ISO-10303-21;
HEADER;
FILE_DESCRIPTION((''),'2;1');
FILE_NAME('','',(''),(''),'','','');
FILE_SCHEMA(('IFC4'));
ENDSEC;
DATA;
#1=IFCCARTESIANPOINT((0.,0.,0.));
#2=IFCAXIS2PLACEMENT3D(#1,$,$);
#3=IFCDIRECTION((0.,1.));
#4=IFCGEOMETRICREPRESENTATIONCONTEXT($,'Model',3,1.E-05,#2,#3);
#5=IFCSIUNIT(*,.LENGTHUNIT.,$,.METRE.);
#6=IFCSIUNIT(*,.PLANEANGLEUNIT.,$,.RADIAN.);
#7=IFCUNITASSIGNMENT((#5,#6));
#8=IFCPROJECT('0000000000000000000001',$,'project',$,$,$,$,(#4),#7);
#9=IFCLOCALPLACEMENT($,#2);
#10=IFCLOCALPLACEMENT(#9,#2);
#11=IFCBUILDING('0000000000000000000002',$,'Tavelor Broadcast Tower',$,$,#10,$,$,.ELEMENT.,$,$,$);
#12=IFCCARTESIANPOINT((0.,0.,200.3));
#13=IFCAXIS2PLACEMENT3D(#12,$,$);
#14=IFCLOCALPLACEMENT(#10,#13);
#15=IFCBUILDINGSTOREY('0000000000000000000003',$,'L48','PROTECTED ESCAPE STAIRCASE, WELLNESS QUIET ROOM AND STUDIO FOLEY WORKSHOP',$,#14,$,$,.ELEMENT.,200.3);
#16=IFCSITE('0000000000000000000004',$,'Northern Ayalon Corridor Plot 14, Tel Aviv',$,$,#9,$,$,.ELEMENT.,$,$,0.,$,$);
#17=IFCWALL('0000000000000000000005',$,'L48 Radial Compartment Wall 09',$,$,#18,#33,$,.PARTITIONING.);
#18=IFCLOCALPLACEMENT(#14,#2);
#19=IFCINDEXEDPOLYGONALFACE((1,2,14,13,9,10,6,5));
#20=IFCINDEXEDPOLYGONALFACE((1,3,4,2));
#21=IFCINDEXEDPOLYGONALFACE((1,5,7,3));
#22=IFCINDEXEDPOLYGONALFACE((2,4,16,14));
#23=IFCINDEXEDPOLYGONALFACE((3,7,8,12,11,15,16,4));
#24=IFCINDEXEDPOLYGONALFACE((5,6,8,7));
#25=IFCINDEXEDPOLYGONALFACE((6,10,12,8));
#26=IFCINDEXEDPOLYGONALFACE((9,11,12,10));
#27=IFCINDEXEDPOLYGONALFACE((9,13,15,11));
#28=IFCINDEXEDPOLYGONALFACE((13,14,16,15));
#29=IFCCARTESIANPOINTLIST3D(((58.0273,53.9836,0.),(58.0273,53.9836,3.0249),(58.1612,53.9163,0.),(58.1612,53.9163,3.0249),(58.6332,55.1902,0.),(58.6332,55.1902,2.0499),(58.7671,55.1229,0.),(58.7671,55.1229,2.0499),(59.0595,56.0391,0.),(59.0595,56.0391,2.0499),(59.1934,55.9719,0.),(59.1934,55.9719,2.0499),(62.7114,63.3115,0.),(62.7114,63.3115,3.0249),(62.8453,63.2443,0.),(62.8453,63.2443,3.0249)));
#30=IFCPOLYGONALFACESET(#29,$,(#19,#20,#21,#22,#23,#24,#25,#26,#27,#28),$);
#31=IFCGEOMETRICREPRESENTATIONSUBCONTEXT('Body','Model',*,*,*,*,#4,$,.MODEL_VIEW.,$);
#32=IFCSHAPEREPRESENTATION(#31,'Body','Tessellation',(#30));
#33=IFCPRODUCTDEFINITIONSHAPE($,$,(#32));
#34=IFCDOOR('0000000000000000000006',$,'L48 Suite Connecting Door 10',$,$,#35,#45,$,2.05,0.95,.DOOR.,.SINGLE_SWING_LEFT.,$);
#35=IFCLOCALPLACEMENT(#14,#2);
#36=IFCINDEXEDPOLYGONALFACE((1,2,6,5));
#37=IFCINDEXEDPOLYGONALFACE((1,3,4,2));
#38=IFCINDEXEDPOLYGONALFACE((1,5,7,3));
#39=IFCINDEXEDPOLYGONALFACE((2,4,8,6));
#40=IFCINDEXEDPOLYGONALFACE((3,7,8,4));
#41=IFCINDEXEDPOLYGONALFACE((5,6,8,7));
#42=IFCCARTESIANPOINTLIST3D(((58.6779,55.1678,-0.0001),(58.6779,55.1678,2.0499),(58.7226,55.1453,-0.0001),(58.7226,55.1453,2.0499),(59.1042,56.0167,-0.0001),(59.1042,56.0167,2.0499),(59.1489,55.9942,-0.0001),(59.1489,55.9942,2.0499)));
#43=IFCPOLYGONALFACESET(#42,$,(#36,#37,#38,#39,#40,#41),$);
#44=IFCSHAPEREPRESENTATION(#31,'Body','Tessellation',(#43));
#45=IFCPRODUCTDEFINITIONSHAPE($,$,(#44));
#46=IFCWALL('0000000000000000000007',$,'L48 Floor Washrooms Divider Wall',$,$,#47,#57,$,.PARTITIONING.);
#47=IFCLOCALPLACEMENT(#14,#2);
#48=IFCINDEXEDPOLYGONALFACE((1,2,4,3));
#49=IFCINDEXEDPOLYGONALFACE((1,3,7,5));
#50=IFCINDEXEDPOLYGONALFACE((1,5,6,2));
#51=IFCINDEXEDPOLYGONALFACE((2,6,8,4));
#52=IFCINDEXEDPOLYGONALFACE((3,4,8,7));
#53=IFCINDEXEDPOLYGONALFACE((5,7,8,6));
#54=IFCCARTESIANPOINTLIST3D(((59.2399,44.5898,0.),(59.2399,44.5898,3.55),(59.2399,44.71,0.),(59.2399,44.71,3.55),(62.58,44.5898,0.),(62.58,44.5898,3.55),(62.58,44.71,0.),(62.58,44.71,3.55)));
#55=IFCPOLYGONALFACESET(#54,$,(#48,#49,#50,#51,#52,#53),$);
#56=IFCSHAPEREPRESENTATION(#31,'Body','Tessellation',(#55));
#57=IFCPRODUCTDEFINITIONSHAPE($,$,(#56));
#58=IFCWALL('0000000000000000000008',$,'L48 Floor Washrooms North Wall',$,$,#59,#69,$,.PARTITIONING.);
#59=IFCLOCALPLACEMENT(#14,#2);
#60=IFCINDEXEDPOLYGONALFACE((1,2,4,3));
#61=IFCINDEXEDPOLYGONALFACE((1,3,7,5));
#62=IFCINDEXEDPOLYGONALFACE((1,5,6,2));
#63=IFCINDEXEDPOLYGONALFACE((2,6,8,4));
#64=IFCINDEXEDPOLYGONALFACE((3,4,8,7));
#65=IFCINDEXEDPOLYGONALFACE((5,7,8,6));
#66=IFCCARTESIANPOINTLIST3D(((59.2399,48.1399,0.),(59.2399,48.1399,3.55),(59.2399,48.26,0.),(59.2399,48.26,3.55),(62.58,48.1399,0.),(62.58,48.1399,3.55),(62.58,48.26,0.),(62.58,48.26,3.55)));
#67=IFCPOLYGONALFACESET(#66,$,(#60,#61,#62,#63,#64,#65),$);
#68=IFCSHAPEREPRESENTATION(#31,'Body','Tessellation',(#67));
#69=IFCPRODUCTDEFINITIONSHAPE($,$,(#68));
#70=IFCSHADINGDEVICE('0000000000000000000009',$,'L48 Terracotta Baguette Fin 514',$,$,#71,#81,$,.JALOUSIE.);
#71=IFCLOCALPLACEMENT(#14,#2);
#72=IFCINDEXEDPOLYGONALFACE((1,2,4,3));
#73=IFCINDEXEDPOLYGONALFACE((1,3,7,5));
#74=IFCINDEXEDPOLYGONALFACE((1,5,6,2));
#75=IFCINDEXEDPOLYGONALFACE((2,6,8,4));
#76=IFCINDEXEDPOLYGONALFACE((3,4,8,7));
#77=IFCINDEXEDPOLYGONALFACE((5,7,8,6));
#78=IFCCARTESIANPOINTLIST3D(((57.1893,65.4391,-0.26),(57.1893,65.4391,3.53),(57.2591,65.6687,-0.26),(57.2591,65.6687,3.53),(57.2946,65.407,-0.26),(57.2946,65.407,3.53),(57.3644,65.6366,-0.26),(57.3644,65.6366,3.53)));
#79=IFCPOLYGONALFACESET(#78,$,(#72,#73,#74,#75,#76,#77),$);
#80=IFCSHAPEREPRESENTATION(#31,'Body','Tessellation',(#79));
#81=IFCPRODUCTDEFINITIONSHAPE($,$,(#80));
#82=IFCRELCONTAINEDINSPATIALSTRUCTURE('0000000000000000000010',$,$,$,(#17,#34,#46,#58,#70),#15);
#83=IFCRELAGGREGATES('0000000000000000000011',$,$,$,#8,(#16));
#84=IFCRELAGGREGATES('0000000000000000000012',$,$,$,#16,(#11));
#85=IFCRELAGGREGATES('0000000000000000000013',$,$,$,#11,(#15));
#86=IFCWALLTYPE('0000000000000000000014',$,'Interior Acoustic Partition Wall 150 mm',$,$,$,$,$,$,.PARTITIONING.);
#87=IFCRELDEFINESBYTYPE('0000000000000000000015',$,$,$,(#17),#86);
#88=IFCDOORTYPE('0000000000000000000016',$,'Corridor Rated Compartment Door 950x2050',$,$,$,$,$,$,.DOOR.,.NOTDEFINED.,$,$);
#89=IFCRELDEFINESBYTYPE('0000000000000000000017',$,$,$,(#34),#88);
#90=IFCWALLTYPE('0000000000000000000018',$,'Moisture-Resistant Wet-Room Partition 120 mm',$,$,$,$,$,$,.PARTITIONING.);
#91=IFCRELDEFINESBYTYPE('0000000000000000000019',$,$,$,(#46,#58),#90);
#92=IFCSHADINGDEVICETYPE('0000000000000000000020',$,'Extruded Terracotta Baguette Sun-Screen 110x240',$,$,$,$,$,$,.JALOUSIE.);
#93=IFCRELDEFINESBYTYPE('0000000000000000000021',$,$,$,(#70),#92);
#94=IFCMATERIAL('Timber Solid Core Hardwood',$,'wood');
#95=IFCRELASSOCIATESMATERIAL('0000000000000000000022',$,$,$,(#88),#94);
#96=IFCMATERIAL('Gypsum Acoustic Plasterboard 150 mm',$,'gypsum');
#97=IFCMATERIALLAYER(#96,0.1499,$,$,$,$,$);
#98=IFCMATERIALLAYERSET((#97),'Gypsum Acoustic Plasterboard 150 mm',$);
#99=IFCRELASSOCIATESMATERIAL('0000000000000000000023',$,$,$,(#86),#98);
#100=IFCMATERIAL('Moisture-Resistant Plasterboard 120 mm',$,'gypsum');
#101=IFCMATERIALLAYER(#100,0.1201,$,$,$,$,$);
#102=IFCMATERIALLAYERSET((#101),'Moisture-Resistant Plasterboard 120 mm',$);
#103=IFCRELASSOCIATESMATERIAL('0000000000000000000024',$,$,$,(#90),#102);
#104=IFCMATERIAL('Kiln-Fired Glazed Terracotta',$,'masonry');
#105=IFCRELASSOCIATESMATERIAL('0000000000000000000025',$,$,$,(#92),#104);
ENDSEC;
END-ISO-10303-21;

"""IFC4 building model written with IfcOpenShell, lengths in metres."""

from ifc_helpers import new_model, si_unit, direction, frame, frame_2d, origin, origin_2d, place, context, subcontext, project, spatial, rectangle, extrude, source, transform, mapped, material, layer, layer_set, type_object, type_shapes, element, fill, save


model = new_model("IFC4")

# Units and contexts
model_context = context("Model", 3, precision=1e-05, world=origin(), true_north=direction((0.0, 1.0)))
body_context = subcontext(model_context, "Body", "Model", "MODEL_VIEW")
ifc_project = project(units=[si_unit("LENGTHUNIT", "METRE"), si_unit("PLANEANGLEUNIT", "RADIAN")], contexts=[model_context])

# Site, building, storey
site_placement = place(None, origin())
site = spatial("IfcSite", under=ifc_project, at=site_placement, Name="Northern Ayalon Corridor Plot 14, Tel Aviv", CompositionType="ELEMENT", RefElevation=0.0)
building_placement = place(site_placement, origin())
building = spatial("IfcBuilding", under=site, at=building_placement, Name="Tavelor Broadcast Tower", CompositionType="ELEMENT")
storey_placement = place(building_placement, frame((0.0, 0.0, 200.3)))
storey = spatial("IfcBuildingStorey", under=building, at=storey_placement, Name="L48", Description="PROTECTED ESCAPE STAIRCASE, WELLNESS QUIET ROOM AND STUDIO FOLEY WORKSHOP", CompositionType="ELEMENT", Elevation=200.3)

# Shared definitions
ifc_material_1 = material(Name="Timber Solid Core Hardwood", Category="wood")
door_type = type_object("IfcDoorType", Name="Corridor Rated Compartment Door 950x2050", OperationType="NOTDEFINED", PredefinedType="DOOR", material=ifc_material_1)

# Shared definitions
ifc_material_2 = material(Name="Gypsum Acoustic Plasterboard 150 mm", Category="gypsum")
ifc_layer_1 = layer(ifc_material_2, 0.1499)
ifc_layer_set_1 = layer_set([ifc_layer_1], Name="Gypsum Acoustic Plasterboard 150 mm")
wall_type_1 = type_object("IfcWallType", Name="Interior Acoustic Partition Wall 150 mm", PredefinedType="PARTITIONING", material=ifc_layer_set_1)

# Wall, opening, door
wall_1_placement = place(storey_placement, frame((58.0942, 53.95, 0.0), z_axis=(0.0, 0.0, 1.0), x_axis=(0.448757, 0.893654, 0.0)))
wall_1 = element("IfcWall", 1, at=wall_1_placement, inside=storey, type_object=wall_type_1, Name="L48 Radial Compartment Wall 09", PredefinedType="PARTITIONING", context=body_context, shape_type="SweptSolid", body=[
    extrude(rectangle(XDim=10.438, YDim=0.1499, at=frame_2d((5.219, 0.0))), origin(), (0.0, 0.0, 1.0), 3.0249),
])
opening_1_placement = place(wall_1_placement, frame((1.3501, 0.0, 0.0)))
opening_1 = element("IfcOpeningElement", 2, at=opening_1_placement, cuts=wall_1, PredefinedType="OPENING", context=body_context, shape_type="SweptSolid", body=[
    extrude(rectangle(XDim=0.95, YDim=2.05, at=frame_2d((0.4751, 1.0249))), frame((0.0, 0.085, 0.0), z_axis=(0.0, -1.0, 0.0), x_axis=(1.0, 0.0, 0.0)), (0.0, 0.0, 1.0), 0.1699),
])
door_1_placement = place(opening_1_placement, origin())
door_1 = element("IfcDoor", 3, at=door_1_placement, inside=storey, type_object=door_type, Name="L48 Suite Connecting Door 10", OperationType="SINGLE_SWING_LEFT", OverallHeight=2.05, OverallWidth=0.95, PredefinedType="DOOR", context=body_context, shape_type="SweptSolid", body=[
    extrude(rectangle(XDim=0.95, YDim=2.05, at=frame_2d((0.4751, 1.0249))), frame((0.0, 0.0249, 0.0), z_axis=(0.0, -1.0, 0.0), x_axis=(1.0, 0.0, 0.0)), (0.0, 0.0, 1.0), 0.05),
])
fill(opening_1, door_1)

# Walls
ifc_material_3 = material(Name="Moisture-Resistant Plasterboard 120 mm", Category="gypsum")
ifc_layer_2 = layer(ifc_material_3, 0.1201)
ifc_layer_set_2 = layer_set([ifc_layer_2], Name="Moisture-Resistant Plasterboard 120 mm")
wall_type_2 = type_object("IfcWallType", Name="Moisture-Resistant Wet-Room Partition 120 mm", PredefinedType="PARTITIONING", material=ifc_layer_set_2)
for number, where, z_axis, x_axis, name in (
    (4, (59.24, 44.6499, 0.0), (0.0, 0.0, 1.0), (1.0, 0.0, 0.0), "L48 Floor Washrooms Divider Wall"),
    (5, (59.24, 48.2, 0.0), (0.0, 0.0, 1.0), (1.0, 0.0, 0.0), "L48 Floor Washrooms North Wall"),
):
    element("IfcWall", number, at=place(storey_placement, frame(where, z_axis=z_axis, x_axis=x_axis)), inside=storey, type_object=wall_type_2, Name=name, PredefinedType="PARTITIONING", context=body_context, shape_type="SweptSolid", body=[
        extrude(rectangle(XDim=3.3401, YDim=0.1201, at=frame_2d((1.6699, 0.0))), origin(), (0.0, 0.0, 1.0), 3.55),
    ])

# Shading device
ifc_material_4 = material(Name="Kiln-Fired Glazed Terracotta", Category="masonry")
shading_device_type = type_object("IfcShadingDeviceType", Name="Extruded Terracotta Baguette Sun-Screen 110x240", PredefinedType="JALOUSIE", material=ifc_material_4)
shared_shape_1 = source(origin(), body_context, "Body", "SweptSolid", [
    extrude(rectangle(XDim=0.1101, YDim=0.24, at=origin_2d()), origin(), (0.0, 0.0, 1.0), 3.79),
])
type_shapes(shading_device_type, [shared_shape_1])
shading_device_placement = place(storey_placement, frame((57.2769, 65.5378, -0.26), z_axis=(0.0, 0.0, 1.0), x_axis=(-0.956712, 0.291036, 0.0)))
element("IfcShadingDevice", 6, at=shading_device_placement, inside=storey, type_object=shading_device_type, Name="L48 Terracotta Baguette Fin 514", PredefinedType="JALOUSIE", context=body_context, shape_type="MappedRepresentation", body=[
    mapped(shared_shape_1, transform((0.0, 0.0, 0.0), scale=1.0)),
])

save(model, "model.ifc")
